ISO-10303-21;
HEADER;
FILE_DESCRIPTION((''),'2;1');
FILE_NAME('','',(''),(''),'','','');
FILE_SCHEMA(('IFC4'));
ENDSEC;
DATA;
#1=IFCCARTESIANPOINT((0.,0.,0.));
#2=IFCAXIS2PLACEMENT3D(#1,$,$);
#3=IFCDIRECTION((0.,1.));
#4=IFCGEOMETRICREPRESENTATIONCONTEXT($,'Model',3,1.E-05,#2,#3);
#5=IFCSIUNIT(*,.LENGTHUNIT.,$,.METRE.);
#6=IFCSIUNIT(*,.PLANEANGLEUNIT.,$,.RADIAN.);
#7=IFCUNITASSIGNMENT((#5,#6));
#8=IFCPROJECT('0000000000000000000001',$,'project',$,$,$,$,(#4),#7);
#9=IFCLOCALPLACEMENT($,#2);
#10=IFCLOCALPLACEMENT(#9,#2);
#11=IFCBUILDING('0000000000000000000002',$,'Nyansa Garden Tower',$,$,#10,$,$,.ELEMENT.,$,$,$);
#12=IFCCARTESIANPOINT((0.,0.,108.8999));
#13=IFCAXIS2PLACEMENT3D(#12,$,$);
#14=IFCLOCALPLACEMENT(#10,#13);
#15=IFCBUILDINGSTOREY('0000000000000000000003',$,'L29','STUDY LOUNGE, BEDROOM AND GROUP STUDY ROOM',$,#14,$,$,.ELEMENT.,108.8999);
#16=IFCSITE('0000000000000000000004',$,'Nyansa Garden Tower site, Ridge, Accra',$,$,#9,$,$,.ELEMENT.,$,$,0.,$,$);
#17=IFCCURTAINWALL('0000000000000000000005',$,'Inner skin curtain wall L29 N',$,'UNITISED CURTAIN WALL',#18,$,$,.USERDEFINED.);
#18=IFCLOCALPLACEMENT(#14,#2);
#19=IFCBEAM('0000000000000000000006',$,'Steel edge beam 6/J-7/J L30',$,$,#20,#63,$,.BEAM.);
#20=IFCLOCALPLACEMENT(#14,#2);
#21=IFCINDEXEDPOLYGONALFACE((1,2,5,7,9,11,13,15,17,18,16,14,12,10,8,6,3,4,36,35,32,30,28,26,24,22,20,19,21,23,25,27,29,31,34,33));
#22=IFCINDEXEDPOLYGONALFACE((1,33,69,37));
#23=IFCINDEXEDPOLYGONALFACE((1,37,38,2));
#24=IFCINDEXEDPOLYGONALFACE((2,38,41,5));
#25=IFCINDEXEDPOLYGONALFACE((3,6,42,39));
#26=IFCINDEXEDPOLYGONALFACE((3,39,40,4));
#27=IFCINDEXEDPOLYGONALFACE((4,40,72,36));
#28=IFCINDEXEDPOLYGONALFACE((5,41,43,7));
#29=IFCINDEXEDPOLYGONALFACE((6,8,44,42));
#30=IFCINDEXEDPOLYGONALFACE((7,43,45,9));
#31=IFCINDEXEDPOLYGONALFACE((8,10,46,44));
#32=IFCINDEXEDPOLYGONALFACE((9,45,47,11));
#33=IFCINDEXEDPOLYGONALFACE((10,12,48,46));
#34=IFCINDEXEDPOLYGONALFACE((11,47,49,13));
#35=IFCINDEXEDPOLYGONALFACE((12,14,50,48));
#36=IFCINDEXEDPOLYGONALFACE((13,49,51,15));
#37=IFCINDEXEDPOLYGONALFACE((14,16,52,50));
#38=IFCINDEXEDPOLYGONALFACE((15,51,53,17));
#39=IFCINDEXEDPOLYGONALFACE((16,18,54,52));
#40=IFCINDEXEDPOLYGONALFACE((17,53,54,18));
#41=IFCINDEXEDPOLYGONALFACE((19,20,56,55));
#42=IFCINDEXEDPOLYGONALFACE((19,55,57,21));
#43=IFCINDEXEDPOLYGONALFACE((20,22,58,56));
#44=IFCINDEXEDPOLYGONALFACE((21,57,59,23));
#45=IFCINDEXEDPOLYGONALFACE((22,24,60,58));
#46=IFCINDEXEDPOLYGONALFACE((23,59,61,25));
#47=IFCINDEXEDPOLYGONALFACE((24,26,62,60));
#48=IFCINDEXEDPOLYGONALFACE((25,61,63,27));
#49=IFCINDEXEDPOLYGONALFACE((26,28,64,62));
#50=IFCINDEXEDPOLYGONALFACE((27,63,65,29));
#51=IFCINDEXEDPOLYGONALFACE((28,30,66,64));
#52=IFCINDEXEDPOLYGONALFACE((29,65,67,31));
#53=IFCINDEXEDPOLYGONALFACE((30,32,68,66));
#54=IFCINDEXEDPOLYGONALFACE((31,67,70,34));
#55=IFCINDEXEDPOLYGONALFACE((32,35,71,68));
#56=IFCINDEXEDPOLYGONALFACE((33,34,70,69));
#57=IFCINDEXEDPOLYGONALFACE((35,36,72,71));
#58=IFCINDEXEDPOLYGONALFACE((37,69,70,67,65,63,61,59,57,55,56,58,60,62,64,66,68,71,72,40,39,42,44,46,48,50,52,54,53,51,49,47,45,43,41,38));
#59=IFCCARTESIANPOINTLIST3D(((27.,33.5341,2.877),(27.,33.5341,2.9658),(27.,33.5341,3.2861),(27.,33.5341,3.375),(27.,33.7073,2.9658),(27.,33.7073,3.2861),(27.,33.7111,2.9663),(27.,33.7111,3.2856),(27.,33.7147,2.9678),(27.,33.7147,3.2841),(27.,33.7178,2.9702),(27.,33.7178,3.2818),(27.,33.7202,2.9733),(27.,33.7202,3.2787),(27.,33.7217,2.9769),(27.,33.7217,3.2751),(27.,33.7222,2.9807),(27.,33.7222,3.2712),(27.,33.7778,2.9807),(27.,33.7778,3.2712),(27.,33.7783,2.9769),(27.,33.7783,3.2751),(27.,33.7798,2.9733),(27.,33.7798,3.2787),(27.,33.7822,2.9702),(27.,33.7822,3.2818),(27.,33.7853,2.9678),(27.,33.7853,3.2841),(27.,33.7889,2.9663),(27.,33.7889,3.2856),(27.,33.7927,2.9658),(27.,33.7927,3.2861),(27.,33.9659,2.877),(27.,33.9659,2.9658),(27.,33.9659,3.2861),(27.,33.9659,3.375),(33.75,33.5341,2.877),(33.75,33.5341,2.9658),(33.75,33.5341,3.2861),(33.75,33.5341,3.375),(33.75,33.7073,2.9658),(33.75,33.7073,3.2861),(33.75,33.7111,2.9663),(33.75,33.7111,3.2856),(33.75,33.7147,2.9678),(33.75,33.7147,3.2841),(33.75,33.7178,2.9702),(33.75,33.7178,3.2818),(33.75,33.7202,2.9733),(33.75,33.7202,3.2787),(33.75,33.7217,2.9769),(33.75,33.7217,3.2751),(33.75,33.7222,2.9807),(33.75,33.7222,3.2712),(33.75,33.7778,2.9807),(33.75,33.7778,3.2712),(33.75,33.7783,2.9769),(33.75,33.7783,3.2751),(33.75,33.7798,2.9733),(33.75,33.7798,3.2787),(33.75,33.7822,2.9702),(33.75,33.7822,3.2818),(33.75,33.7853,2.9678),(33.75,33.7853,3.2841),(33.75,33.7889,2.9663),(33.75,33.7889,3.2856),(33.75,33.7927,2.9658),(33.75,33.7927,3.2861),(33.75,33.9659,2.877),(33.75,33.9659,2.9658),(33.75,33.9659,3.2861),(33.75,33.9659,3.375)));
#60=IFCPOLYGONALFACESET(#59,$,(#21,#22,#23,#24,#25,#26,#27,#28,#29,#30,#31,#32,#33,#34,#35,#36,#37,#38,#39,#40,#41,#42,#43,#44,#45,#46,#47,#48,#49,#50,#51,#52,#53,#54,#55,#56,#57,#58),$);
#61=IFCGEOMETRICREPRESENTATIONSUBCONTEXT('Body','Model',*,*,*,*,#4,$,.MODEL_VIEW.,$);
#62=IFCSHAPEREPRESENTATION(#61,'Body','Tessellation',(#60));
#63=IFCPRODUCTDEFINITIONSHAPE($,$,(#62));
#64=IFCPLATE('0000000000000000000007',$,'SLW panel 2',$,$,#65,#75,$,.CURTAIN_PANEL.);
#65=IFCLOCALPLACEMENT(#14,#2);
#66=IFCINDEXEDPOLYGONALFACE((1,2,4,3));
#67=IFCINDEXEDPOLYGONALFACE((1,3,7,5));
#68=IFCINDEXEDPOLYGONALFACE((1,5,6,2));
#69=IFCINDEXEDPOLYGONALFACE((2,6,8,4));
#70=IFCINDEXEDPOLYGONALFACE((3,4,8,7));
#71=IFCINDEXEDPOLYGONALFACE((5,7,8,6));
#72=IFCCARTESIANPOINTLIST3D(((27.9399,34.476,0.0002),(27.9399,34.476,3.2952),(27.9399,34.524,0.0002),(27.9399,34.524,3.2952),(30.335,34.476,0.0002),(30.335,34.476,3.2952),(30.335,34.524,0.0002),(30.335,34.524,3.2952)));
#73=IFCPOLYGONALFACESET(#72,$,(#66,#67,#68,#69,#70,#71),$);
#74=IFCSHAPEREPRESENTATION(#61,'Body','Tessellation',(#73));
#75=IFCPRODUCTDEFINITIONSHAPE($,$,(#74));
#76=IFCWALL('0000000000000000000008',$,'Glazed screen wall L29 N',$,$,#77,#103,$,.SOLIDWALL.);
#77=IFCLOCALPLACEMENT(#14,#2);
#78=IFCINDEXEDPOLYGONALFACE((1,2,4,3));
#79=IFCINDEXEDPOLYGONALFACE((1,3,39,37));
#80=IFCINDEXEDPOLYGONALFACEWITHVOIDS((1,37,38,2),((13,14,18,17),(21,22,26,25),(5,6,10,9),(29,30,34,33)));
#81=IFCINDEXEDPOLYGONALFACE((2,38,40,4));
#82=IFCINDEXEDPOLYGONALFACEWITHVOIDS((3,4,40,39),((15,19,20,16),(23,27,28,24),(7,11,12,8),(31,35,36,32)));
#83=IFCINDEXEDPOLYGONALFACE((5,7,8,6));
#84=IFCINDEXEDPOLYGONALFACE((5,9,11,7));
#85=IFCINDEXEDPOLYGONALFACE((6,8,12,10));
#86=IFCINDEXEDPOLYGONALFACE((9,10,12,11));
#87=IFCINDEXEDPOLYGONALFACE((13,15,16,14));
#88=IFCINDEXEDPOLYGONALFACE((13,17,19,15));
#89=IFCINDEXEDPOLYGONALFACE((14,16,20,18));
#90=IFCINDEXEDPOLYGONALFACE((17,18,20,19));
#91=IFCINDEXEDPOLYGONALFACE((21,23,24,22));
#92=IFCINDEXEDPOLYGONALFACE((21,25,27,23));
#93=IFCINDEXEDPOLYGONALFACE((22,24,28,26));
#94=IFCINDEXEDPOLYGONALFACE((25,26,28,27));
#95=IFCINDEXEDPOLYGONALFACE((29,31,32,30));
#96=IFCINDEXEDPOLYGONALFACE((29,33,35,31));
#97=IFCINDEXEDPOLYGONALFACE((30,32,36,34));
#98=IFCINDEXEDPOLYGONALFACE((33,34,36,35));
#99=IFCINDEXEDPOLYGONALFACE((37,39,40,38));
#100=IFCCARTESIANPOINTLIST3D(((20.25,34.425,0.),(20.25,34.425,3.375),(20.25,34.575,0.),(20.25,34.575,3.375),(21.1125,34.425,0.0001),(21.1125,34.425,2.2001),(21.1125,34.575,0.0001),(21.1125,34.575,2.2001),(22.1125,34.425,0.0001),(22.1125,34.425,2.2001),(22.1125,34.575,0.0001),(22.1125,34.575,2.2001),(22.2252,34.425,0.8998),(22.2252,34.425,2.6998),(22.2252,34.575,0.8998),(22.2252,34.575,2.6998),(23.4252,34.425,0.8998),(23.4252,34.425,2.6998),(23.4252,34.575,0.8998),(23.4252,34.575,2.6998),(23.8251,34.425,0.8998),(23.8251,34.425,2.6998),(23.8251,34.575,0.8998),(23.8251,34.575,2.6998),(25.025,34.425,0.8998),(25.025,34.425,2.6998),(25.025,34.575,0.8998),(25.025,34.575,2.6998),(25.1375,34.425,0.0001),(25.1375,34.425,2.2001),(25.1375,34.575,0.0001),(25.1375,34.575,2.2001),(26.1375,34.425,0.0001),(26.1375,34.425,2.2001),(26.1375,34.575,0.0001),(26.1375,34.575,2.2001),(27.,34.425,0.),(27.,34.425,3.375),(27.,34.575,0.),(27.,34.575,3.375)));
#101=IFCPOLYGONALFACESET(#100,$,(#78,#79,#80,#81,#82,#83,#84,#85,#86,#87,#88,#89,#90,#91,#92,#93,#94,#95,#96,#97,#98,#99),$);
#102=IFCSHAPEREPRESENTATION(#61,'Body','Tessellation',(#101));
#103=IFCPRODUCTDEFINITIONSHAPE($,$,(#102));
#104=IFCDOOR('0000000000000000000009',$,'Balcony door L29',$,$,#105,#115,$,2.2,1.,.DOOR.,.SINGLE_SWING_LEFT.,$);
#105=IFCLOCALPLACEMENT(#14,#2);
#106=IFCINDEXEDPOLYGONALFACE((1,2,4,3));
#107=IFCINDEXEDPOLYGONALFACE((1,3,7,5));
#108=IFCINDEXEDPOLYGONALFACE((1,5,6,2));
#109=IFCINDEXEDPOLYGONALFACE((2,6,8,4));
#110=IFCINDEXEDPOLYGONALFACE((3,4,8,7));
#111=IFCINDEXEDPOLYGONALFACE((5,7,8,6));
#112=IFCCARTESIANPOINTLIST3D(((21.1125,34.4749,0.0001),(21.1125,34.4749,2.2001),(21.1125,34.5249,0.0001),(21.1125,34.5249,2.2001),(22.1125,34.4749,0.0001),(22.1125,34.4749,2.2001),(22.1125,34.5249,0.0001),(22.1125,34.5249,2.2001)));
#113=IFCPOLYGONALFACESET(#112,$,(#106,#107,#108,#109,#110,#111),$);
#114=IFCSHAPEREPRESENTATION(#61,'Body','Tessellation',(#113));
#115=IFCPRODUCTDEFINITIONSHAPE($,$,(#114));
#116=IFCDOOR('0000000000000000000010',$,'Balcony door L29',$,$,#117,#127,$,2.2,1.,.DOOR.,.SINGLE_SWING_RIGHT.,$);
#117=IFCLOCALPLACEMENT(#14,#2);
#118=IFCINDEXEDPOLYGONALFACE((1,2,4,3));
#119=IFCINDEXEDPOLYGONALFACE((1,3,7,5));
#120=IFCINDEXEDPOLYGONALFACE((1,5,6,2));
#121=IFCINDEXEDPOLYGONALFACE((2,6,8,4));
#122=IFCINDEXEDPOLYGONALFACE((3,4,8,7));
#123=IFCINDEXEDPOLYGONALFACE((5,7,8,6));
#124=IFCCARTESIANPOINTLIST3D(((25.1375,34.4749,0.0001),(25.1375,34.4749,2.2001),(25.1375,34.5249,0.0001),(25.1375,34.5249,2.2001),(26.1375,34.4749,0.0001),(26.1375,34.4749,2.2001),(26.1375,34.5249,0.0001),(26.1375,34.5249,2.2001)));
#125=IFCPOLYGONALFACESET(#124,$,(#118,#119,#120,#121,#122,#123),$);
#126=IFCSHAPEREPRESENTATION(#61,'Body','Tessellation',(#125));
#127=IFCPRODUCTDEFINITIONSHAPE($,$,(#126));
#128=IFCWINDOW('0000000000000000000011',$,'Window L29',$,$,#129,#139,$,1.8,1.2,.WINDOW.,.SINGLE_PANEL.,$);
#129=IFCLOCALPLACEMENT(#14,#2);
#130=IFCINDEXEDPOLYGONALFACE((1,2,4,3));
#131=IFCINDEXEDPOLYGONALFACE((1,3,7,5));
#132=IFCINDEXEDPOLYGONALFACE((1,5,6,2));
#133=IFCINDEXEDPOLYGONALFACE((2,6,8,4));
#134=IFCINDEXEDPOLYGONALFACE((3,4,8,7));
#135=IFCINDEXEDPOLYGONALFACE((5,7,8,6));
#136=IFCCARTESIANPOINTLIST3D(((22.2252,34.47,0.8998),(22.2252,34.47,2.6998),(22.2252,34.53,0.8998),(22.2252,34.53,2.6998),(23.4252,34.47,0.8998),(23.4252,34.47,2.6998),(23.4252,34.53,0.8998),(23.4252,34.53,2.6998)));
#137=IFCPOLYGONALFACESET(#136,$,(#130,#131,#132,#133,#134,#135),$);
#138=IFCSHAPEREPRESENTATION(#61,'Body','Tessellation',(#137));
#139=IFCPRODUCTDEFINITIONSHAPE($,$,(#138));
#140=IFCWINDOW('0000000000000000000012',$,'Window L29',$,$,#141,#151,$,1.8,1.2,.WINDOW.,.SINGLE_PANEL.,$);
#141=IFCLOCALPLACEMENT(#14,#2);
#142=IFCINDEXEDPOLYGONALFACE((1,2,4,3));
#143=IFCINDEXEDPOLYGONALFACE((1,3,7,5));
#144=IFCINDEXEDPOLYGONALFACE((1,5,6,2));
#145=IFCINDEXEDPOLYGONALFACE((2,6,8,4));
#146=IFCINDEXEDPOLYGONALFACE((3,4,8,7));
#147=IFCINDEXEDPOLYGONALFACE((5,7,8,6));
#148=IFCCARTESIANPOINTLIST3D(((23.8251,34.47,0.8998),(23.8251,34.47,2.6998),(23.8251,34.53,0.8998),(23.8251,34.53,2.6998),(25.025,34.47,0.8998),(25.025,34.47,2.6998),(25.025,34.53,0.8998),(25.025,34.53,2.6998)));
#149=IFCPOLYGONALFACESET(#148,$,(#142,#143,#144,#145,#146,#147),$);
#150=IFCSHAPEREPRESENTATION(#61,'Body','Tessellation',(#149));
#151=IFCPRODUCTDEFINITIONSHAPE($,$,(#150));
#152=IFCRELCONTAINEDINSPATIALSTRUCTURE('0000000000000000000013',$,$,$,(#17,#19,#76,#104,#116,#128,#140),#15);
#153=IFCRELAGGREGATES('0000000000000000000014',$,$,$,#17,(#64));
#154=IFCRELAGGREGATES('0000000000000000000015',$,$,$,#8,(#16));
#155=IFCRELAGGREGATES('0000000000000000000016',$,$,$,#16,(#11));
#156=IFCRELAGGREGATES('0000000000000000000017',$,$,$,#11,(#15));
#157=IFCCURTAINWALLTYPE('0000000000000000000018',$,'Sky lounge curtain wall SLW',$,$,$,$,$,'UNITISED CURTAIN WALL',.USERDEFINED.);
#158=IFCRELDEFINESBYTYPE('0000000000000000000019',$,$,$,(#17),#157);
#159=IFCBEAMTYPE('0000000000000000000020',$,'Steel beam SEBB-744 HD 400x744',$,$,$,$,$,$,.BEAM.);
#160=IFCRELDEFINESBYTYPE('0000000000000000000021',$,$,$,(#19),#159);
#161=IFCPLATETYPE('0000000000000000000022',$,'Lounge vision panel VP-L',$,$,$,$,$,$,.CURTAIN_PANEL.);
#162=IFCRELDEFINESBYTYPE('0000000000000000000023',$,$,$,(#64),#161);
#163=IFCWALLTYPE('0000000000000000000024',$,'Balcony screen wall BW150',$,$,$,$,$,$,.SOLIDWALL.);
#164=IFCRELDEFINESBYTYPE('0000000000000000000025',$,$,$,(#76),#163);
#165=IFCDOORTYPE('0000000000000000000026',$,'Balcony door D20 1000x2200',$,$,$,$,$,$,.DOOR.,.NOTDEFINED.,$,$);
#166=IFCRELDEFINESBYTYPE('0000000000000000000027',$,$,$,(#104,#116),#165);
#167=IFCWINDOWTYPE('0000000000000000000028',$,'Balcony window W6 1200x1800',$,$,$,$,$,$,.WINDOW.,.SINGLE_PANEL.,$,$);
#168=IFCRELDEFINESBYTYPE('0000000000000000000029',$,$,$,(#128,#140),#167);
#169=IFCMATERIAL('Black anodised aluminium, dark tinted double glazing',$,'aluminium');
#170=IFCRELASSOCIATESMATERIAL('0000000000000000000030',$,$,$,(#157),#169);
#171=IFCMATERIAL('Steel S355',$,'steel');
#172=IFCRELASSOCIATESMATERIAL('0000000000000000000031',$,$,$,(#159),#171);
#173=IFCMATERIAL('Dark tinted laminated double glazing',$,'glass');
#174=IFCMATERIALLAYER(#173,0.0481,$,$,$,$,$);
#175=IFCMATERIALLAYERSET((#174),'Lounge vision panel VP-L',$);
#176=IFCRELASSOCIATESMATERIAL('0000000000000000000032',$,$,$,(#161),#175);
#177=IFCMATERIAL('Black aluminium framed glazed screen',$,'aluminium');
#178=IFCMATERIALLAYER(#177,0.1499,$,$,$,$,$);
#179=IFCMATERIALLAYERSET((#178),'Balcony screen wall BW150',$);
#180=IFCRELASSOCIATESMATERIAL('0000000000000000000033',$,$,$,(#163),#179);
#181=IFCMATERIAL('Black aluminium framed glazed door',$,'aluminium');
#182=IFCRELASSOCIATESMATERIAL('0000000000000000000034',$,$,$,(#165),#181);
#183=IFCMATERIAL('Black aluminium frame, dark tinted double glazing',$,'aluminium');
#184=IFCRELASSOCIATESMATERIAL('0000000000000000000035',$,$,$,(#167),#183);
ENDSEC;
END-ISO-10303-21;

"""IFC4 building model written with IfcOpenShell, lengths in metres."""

from ifc_helpers import new_model, si_unit, direction, frame, frame_2d, origin, origin_2d, place, context, subcontext, project, spatial, rectangle, i_section, extrude, material, layer, layer_set, material_profile, profile_set, type_object, element, fill, aggregate, save


model = new_model("IFC4")

# Units and contexts
model_context = context("Model", 3, precision=1e-05, world=origin(), true_north=direction((0.0, 1.0)))
body_context = subcontext(model_context, "Body", "Model", "MODEL_VIEW")
ifc_project = project(units=[si_unit("LENGTHUNIT", "METRE"), si_unit("PLANEANGLEUNIT", "RADIAN")], contexts=[model_context])

# Site, building, storey
site_placement = place(None, origin())
site = spatial("IfcSite", under=ifc_project, at=site_placement, Name="Nyansa Garden Tower site, Ridge, Accra", CompositionType="ELEMENT", RefElevation=0.0)
building_placement = place(site_placement, origin())
building = spatial("IfcBuilding", under=site, at=building_placement, Name="Nyansa Garden Tower", CompositionType="ELEMENT")
storey_placement = place(building_placement, frame((0.0, 0.0, 108.8999)))
storey = spatial("IfcBuildingStorey", under=building, at=storey_placement, Name="L29", Description="STUDY LOUNGE, BEDROOM AND GROUP STUDY ROOM", CompositionType="ELEMENT", Elevation=108.8999)

# Curtain wall
ifc_material_1 = material(Name="Black anodised aluminium, dark tinted double glazing", Category="aluminium")
curtain_wall_type = type_object("IfcCurtainWallType", Name="Sky lounge curtain wall SLW", ElementType="UNITISED CURTAIN WALL", PredefinedType="USERDEFINED", material=ifc_material_1)
curtain_wall_placement = place(storey_placement, origin())
curtain_wall = element("IfcCurtainWall", 1, at=curtain_wall_placement, inside=storey, type_object=curtain_wall_type, Name="Inner skin curtain wall L29 N", ObjectType="UNITISED CURTAIN WALL", PredefinedType="USERDEFINED")

# Beam
ifc_material_2 = material(Name="Steel S355", Category="steel")
ifc_material_profile_1 = material_profile(ifc_material_2, i_section(OverallWidth=0.4319, OverallDepth=0.498, WebThickness=0.0557, FlangeThickness=0.0889, FilletRadius=0.0149, at=origin_2d()), Name="HD 400x744")
ifc_profile_set_1 = profile_set([ifc_material_profile_1], Name="Steel S355")
beam_type_1 = type_object("IfcBeamType", Name="Steel beam SEBB-744 HD 400x744", PredefinedType="BEAM", material=ifc_profile_set_1)
for number, where, z_axis, x_axis, name in (
    (2, (27.0, 33.75, 3.126), (1.0, 0.0, 0.0), (0.0, 1.0, 0.0), "Steel edge beam 6/J-7/J L30"),
):
    element("IfcBeam", number, at=place(storey_placement, frame(where, z_axis=z_axis, x_axis=x_axis)), inside=storey, type_object=beam_type_1, Name=name, PredefinedType="BEAM", context=body_context, shape_type="SweptSolid", body=[
        extrude(i_section(OverallWidth=0.4319, OverallDepth=0.498, WebThickness=0.0557, FlangeThickness=0.0889, FilletRadius=0.0149, at=origin_2d()), origin(), (0.0, 0.0, 1.0), 6.75),
    ])

# Plate
ifc_material_3 = material(Name="Dark tinted laminated double glazing", Category="glass")
ifc_layer_1 = layer(ifc_material_3, 0.0481)
ifc_layer_set_1 = layer_set([ifc_layer_1], Name="Lounge vision panel VP-L")
plate_type = type_object("IfcPlateType", Name="Lounge vision panel VP-L", PredefinedType="CURTAIN_PANEL", material=ifc_layer_set_1)
plate_placement = place(storey_placement, frame((29.1375, 34.5, 0.0002), z_axis=(0.0, 0.0, 1.0), x_axis=(-1.0, 0.0, 0.0)))
plate = element("IfcPlate", 3, at=plate_placement, type_object=plate_type, Name="SLW panel 2", PredefinedType="CURTAIN_PANEL", context=body_context, shape_type="SweptSolid", body=[
    extrude(rectangle(XDim=2.395, YDim=0.0481, at=origin_2d()), origin(), (0.0, 0.0, 1.0), 3.2949),
])
aggregate(curtain_wall, [plate])

# Wall, openings, doors, windows
ifc_material_4 = material(Name="Black aluminium framed glazed screen", Category="aluminium")
ifc_layer_2 = layer(ifc_material_4, 0.1499)
ifc_layer_set_2 = layer_set([ifc_layer_2], Name="Balcony screen wall BW150")
wall_type_1 = type_object("IfcWallType", Name="Balcony screen wall BW150", PredefinedType="SOLIDWALL", material=ifc_layer_set_2)
wall_1_placement = place(storey_placement, frame((20.25, 34.5, 0.0), z_axis=(0.0, 0.0, 1.0), x_axis=(1.0, 0.0, 0.0)))
wall_1 = element("IfcWall", 4, at=wall_1_placement, inside=storey, type_object=wall_type_1, Name="Glazed screen wall L29 N", PredefinedType="SOLIDWALL", context=body_context, shape_type="SweptSolid", body=[
    extrude(rectangle(XDim=6.75, YDim=0.1499, at=frame_2d((3.375, 0.0))), origin(), (0.0, 0.0, 1.0), 3.375),
])
opening_1_placement = place(wall_1_placement, frame((0.8625, 0.0, 0.0)))
opening_1 = element("IfcOpeningElement", 5, at=opening_1_placement, cuts=wall_1, PredefinedType="OPENING", context=body_context, shape_type="SweptSolid", body=[
    extrude(rectangle(XDim=1.0, YDim=2.2, at=frame_2d((0.5, 1.1001))), frame((0.0, 0.085, 0.0), z_axis=(0.0, -1.0, 0.0), x_axis=(1.0, 0.0, 0.0)), (0.0, 0.0, 1.0), 0.1699),
])
opening_2_placement = place(wall_1_placement, frame((1.9751, 0.0, 0.8999)))
opening_2 = element("IfcOpeningElement", 6, at=opening_2_placement, cuts=wall_1, PredefinedType="OPENING", context=body_context, shape_type="SweptSolid", body=[
    extrude(rectangle(XDim=1.2, YDim=1.8, at=frame_2d((0.6001, 0.8999))), frame((0.0, 0.085, 0.0), z_axis=(0.0, -1.0, 0.0), x_axis=(1.0, 0.0, 0.0)), (0.0, 0.0, 1.0), 0.1699),
])
opening_3_placement = place(wall_1_placement, frame((4.8875, 0.0, 0.0)))
opening_3 = element("IfcOpeningElement", 7, at=opening_3_placement, cuts=wall_1, PredefinedType="OPENING", context=body_context, shape_type="SweptSolid", body=[
    extrude(rectangle(XDim=1.0, YDim=2.2, at=frame_2d((0.5, 1.1001))), frame((0.0, 0.085, 0.0), z_axis=(0.0, -1.0, 0.0), x_axis=(1.0, 0.0, 0.0)), (0.0, 0.0, 1.0), 0.1699),
])
opening_4_placement = place(wall_1_placement, frame((3.575, 0.0, 0.8999)))
opening_4 = element("IfcOpeningElement", 8, at=opening_4_placement, cuts=wall_1, PredefinedType="OPENING", context=body_context, shape_type="SweptSolid", body=[
    extrude(rectangle(XDim=1.2, YDim=1.8, at=frame_2d((0.6001, 0.8999))), frame((0.0, 0.085, 0.0), z_axis=(0.0, -1.0, 0.0), x_axis=(1.0, 0.0, 0.0)), (0.0, 0.0, 1.0), 0.1699),
])
ifc_material_5 = material(Name="Black aluminium framed glazed door", Category="aluminium")
door_type_1 = type_object("IfcDoorType", Name="Balcony door D20 1000x2200", OperationType="NOTDEFINED", PredefinedType="DOOR", material=ifc_material_5)
door_1_placement = place(opening_1_placement, origin())
door_1 = element("IfcDoor", 9, at=door_1_placement, inside=storey, type_object=door_type_1, Name="Balcony door L29", OperationType="SINGLE_SWING_LEFT", OverallHeight=2.2, OverallWidth=1.0, PredefinedType="DOOR", context=body_context, shape_type="SweptSolid", body=[
    extrude(rectangle(XDim=1.0, YDim=2.2, at=frame_2d((0.5, 1.1001))), frame((0.0, 0.0249, 0.0), z_axis=(0.0, -1.0, 0.0), x_axis=(1.0, 0.0, 0.0)), (0.0, 0.0, 1.0), 0.05),
])
fill(opening_1, door_1)
door_2_placement = place(opening_3_placement, origin())
door_2 = element("IfcDoor", 10, at=door_2_placement, inside=storey, type_object=door_type_1, Name="Balcony door L29", OperationType="SINGLE_SWING_RIGHT", OverallHeight=2.2, OverallWidth=1.0, PredefinedType="DOOR", context=body_context, shape_type="SweptSolid", body=[
    extrude(rectangle(XDim=1.0, YDim=2.2, at=frame_2d((0.5, 1.1001))), frame((0.0, 0.0249, 0.0), z_axis=(0.0, -1.0, 0.0), x_axis=(1.0, 0.0, 0.0)), (0.0, 0.0, 1.0), 0.05),
])
fill(opening_3, door_2)
ifc_material_6 = material(Name="Black aluminium frame, dark tinted double glazing", Category="aluminium")
window_type = type_object("IfcWindowType", Name="Balcony window W6 1200x1800", PartitioningType="SINGLE_PANEL", PredefinedType="WINDOW", material=ifc_material_6)
window_1_placement = place(opening_2_placement, origin())
window_1 = element("IfcWindow", 11, at=window_1_placement, inside=storey, type_object=window_type, Name="Window L29", OverallHeight=1.8, OverallWidth=1.2, PartitioningType="SINGLE_PANEL", PredefinedType="WINDOW", context=body_context, shape_type="SweptSolid", body=[
    extrude(rectangle(XDim=1.2, YDim=1.8, at=frame_2d((0.6001, 0.8999))), frame((0.0, 0.03, 0.0), z_axis=(0.0, -1.0, 0.0), x_axis=(1.0, 0.0, 0.0)), (0.0, 0.0, 1.0), 0.0601),
])
fill(opening_2, window_1)
window_2_placement = place(opening_4_placement, origin())
window_2 = element("IfcWindow", 12, at=window_2_placement, inside=storey, type_object=window_type, Name="Window L29", OverallHeight=1.8, OverallWidth=1.2, PartitioningType="SINGLE_PANEL", PredefinedType="WINDOW", context=body_context, shape_type="SweptSolid", body=[
    extrude(rectangle(XDim=1.2, YDim=1.8, at=frame_2d((0.6001, 0.8999))), frame((0.0, 0.03, 0.0), z_axis=(0.0, -1.0, 0.0), x_axis=(1.0, 0.0, 0.0)), (0.0, 0.0, 1.0), 0.0601),
])
fill(opening_4, window_2)

save(model, "model.ifc")
